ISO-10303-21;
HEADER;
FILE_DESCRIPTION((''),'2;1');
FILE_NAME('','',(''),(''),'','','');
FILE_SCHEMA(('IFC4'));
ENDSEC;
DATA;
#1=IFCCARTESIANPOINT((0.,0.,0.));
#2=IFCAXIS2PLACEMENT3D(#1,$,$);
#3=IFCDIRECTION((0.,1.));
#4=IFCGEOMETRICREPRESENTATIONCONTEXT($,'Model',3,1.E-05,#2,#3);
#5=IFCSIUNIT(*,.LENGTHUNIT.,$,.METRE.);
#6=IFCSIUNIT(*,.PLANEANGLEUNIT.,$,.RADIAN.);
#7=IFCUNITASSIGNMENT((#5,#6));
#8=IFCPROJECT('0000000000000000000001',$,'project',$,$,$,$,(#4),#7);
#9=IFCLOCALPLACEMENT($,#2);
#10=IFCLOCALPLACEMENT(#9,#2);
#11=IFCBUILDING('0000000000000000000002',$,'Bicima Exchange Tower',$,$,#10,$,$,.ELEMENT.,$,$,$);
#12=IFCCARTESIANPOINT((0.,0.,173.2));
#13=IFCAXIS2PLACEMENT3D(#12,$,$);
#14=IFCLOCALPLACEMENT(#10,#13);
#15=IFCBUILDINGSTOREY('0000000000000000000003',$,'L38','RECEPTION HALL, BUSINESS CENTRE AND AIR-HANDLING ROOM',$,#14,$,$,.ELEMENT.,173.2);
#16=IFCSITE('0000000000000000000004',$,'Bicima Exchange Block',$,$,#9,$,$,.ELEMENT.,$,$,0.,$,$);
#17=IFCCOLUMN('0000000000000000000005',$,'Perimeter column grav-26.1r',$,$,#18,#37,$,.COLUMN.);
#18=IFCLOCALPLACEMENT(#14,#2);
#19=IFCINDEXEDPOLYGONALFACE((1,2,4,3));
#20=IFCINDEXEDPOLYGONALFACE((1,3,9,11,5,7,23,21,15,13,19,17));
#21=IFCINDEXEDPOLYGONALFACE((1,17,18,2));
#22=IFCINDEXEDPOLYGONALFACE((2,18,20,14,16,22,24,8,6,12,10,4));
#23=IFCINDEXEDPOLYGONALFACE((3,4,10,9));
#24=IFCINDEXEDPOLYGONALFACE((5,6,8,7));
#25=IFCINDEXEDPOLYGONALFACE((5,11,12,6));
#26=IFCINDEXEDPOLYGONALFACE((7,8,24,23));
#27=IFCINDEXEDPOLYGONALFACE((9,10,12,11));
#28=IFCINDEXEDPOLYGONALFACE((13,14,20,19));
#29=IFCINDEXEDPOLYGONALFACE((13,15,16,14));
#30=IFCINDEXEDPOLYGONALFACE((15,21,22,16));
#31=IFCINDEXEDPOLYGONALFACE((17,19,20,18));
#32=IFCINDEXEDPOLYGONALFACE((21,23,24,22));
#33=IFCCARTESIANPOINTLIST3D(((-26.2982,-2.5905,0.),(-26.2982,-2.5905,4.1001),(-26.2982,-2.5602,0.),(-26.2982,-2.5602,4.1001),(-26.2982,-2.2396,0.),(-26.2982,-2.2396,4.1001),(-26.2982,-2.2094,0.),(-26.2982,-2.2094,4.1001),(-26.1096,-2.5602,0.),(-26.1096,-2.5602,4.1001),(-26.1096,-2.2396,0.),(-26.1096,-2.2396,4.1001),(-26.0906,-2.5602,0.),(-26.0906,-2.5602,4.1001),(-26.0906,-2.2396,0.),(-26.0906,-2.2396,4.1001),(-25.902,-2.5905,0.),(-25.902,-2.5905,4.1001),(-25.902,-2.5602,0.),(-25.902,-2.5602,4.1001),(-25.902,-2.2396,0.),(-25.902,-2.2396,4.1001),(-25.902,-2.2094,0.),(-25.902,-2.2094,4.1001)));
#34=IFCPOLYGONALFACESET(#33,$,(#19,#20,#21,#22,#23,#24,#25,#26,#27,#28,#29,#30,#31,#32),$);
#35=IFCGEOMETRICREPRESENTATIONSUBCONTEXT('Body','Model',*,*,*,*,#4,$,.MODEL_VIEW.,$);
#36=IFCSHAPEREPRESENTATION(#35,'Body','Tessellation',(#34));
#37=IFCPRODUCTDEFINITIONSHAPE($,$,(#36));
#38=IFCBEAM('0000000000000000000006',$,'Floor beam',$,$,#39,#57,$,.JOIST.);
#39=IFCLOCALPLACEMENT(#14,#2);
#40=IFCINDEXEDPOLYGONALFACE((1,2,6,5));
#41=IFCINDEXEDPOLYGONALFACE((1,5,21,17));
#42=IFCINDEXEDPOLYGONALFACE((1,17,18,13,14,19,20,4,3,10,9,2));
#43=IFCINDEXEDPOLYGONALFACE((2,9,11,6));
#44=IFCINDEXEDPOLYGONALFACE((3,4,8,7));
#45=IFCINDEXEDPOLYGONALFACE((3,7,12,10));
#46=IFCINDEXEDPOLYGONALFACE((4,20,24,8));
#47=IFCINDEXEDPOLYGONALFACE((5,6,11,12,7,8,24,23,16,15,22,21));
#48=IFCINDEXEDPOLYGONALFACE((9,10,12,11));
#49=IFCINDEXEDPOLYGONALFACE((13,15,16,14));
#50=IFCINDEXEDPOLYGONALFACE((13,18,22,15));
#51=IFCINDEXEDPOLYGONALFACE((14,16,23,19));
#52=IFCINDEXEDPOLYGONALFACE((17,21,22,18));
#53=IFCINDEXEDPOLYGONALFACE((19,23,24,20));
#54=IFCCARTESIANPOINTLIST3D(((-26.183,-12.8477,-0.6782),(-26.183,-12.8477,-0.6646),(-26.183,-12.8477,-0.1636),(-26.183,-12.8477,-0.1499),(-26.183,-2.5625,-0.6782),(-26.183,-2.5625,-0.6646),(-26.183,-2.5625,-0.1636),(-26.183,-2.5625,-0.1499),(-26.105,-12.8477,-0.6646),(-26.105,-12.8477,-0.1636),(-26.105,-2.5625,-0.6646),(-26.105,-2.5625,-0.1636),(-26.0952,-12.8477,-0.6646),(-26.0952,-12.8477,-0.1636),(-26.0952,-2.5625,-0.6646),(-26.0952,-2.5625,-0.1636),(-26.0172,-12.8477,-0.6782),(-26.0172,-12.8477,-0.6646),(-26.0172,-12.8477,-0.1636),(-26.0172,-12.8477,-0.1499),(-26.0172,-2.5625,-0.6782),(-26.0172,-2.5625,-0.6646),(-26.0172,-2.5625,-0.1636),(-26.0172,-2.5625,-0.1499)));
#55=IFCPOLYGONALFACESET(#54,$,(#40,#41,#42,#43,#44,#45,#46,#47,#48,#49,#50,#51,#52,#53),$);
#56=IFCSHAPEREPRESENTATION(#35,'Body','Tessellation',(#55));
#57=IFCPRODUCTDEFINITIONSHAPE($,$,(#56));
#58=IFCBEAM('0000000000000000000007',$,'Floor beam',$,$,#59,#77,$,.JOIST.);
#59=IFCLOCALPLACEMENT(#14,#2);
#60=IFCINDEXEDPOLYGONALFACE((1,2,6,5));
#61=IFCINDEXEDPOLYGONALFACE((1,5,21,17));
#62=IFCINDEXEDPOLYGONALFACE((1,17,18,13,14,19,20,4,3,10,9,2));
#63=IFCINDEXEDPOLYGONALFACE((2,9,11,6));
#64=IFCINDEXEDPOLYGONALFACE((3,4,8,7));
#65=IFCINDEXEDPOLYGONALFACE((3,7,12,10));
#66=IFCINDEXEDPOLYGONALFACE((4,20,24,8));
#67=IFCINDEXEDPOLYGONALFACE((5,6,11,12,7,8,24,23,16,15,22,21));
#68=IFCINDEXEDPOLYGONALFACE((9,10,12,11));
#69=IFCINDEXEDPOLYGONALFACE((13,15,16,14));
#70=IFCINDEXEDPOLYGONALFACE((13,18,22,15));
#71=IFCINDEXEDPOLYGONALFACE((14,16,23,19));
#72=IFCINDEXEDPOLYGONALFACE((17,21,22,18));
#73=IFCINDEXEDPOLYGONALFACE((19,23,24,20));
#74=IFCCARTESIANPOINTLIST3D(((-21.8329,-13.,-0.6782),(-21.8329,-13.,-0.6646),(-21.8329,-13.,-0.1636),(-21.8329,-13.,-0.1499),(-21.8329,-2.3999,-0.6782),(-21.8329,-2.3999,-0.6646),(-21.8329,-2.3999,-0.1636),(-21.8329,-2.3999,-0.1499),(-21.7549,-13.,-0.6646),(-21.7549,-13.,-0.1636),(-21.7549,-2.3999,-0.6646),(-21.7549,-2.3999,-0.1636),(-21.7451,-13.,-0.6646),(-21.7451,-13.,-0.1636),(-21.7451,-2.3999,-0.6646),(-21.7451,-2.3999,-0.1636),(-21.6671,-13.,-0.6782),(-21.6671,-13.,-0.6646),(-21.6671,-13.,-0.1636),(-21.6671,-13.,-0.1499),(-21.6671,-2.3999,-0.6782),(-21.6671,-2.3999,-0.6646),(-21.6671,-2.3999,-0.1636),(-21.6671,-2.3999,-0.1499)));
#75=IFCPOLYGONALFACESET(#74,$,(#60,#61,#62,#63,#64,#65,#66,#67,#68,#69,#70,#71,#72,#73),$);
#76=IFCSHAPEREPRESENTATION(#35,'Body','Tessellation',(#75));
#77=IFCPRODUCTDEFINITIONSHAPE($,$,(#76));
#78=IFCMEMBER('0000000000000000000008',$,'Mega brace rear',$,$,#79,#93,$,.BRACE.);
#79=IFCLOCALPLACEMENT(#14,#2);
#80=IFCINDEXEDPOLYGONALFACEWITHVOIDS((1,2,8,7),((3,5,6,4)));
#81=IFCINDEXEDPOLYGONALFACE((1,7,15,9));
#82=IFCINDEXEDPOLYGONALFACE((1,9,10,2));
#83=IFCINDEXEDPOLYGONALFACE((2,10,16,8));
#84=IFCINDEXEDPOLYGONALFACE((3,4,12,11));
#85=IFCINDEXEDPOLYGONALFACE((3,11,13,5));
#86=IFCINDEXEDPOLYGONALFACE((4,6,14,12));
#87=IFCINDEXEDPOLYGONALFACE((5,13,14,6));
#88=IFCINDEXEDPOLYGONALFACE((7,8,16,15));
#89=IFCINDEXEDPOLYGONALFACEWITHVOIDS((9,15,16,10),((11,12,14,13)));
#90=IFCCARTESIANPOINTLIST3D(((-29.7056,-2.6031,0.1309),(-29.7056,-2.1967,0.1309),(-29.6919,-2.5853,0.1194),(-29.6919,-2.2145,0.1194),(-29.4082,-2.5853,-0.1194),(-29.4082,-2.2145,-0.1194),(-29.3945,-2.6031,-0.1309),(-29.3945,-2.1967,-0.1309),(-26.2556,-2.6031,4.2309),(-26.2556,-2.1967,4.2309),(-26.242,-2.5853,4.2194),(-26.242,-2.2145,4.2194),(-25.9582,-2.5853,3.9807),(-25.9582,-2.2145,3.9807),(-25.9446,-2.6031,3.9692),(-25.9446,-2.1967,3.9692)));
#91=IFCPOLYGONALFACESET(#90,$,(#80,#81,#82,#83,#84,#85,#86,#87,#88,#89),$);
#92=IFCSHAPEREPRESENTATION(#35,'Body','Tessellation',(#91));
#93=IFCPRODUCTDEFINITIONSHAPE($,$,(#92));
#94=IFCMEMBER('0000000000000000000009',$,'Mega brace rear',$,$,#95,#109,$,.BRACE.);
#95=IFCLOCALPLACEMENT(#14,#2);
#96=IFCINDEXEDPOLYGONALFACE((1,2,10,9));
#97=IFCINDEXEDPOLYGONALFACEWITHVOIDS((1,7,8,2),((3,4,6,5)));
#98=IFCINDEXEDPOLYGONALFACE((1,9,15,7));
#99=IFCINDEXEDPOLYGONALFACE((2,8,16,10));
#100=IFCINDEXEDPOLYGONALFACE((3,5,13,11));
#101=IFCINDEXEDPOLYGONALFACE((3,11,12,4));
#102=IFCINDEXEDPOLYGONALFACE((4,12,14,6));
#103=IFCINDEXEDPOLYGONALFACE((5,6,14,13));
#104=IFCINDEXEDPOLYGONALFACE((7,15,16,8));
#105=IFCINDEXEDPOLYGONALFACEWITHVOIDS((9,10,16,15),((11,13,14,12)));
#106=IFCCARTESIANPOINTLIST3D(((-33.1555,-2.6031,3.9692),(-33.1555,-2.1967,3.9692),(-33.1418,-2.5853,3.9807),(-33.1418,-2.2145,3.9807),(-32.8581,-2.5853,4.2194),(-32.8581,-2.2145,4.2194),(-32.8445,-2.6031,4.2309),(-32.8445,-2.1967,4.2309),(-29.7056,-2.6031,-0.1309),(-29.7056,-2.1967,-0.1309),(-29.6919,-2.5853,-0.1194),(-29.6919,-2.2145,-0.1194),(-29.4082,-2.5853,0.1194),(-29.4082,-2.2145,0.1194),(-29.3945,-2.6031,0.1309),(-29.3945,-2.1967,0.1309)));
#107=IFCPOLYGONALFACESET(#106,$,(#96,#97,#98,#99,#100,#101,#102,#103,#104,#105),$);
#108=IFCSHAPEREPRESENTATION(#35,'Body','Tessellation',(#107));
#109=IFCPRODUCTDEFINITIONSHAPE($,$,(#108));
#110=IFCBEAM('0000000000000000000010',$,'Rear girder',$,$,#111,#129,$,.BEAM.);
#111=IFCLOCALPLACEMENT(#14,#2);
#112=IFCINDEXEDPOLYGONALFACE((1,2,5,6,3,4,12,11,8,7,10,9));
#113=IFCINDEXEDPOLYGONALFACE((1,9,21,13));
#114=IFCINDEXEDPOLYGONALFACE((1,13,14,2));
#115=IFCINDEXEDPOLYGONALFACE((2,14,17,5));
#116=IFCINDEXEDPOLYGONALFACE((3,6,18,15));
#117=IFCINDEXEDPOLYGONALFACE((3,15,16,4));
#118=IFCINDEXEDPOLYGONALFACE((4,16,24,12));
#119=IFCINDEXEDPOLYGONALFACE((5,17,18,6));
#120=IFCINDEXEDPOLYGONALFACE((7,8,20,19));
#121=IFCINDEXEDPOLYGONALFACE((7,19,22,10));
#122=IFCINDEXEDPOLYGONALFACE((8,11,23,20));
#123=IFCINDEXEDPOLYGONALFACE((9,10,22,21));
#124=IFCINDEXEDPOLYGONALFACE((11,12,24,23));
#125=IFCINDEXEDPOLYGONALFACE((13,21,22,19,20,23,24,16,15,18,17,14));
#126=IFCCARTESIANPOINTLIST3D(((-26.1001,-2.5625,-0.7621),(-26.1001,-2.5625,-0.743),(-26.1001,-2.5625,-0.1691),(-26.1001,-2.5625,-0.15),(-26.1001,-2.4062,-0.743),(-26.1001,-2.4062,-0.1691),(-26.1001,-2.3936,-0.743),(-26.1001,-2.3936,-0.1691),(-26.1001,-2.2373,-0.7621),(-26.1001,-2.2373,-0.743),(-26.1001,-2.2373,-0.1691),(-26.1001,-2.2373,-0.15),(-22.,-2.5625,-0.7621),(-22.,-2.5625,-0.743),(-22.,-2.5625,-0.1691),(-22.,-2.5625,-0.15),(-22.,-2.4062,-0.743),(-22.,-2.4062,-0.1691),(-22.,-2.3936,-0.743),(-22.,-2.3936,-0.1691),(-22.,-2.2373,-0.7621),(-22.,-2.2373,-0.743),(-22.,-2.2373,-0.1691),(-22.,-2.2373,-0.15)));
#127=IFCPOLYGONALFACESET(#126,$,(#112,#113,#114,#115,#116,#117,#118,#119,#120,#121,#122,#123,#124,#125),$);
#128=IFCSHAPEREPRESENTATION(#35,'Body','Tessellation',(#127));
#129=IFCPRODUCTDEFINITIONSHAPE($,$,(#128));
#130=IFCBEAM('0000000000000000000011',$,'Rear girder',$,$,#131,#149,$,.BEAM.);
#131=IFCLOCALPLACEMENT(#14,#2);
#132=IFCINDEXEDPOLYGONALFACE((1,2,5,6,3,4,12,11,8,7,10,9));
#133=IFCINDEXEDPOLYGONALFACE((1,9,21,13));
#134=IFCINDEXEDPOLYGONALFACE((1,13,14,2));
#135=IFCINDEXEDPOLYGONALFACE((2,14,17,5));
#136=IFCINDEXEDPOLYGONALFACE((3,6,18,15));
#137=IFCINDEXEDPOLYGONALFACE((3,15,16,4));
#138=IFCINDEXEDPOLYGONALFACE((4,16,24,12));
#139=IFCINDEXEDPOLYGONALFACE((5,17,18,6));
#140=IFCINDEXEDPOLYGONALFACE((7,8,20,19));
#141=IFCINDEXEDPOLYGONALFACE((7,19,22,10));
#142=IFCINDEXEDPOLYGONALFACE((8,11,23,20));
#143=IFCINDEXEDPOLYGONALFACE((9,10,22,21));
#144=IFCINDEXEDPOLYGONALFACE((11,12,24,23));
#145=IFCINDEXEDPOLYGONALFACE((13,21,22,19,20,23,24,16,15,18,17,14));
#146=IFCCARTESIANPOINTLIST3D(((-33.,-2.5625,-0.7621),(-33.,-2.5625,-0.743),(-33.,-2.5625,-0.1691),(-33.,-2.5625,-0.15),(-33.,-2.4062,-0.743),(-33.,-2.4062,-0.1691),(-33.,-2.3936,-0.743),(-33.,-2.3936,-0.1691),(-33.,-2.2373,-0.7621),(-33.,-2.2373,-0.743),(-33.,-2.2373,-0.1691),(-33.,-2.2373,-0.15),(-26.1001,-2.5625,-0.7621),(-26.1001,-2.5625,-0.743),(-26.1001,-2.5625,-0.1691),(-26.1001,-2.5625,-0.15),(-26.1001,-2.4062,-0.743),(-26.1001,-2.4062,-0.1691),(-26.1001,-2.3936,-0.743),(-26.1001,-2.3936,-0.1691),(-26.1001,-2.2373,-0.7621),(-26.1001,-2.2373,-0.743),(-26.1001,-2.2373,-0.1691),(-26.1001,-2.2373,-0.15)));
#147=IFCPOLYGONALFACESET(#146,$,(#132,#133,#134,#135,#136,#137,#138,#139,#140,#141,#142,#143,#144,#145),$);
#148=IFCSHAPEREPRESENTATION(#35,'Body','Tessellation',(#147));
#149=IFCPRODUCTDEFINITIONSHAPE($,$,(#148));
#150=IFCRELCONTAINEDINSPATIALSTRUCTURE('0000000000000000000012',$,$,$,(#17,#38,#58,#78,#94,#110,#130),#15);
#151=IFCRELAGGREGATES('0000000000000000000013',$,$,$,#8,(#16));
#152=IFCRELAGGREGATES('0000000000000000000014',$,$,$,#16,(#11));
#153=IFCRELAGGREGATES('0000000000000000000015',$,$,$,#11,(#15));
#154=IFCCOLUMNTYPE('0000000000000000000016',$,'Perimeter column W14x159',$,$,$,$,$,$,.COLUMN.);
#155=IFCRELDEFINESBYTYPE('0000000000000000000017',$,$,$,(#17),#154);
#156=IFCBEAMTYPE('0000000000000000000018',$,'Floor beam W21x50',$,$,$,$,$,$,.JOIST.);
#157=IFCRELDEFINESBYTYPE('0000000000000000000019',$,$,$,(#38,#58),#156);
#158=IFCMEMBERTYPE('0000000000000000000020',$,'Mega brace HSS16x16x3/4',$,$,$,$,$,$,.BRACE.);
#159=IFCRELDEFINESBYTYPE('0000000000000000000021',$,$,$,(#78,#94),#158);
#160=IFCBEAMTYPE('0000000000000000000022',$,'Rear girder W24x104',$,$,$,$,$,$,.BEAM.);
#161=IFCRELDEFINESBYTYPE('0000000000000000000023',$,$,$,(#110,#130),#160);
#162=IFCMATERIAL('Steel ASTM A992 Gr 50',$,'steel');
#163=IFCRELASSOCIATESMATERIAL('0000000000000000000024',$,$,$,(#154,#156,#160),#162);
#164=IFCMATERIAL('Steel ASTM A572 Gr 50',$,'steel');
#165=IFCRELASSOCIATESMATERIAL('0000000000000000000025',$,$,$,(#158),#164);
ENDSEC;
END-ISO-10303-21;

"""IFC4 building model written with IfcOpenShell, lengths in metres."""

from ifc_helpers import new_model, si_unit, direction, frame, origin, origin_2d, place, context, subcontext, project, spatial, hollow_rectangle, i_section, extrude, material, material_profile, profile_set, type_object, element, save


model = new_model("IFC4")

# Units and contexts
model_context = context("Model", 3, precision=1e-05, world=origin(), true_north=direction((0.0, 1.0)))
body_context = subcontext(model_context, "Body", "Model", "MODEL_VIEW")
ifc_project = project(units=[si_unit("LENGTHUNIT", "METRE"), si_unit("PLANEANGLEUNIT", "RADIAN")], contexts=[model_context])

# Site, building, storey
site_placement = place(None, origin())
site = spatial("IfcSite", under=ifc_project, at=site_placement, Name="Bicima Exchange Block", CompositionType="ELEMENT", RefElevation=0.0)
building_placement = place(site_placement, origin())
building = spatial("IfcBuilding", under=site, at=building_placement, Name="Bicima Exchange Tower", CompositionType="ELEMENT")
storey_placement = place(building_placement, frame((0.0, 0.0, 173.2)))
storey = spatial("IfcBuildingStorey", under=building, at=storey_placement, Name="L38", Description="RECEPTION HALL, BUSINESS CENTRE AND AIR-HANDLING ROOM", CompositionType="ELEMENT", Elevation=173.2)

# Column
ifc_material_1 = material(Name="Steel ASTM A992 Gr 50", Category="steel")
ifc_material_profile_1 = material_profile(ifc_material_1, i_section(OverallWidth=0.3962, OverallDepth=0.3811, WebThickness=0.019, FlangeThickness=0.0303, at=origin_2d()))
ifc_profile_set_1 = profile_set([ifc_material_profile_1], Name="Steel ASTM A992 Gr 50")
column_type = type_object("IfcColumnType", Name="Perimeter column W14x159", PredefinedType="COLUMN", material=ifc_profile_set_1)
column_placement = place(storey_placement, frame((-26.1001, -2.3999, 0.0), z_axis=(0.0, 0.0, 1.0), x_axis=(1.0, 0.0, 0.0)))
element("IfcColumn", 1, at=column_placement, inside=storey, type_object=column_type, Name="Perimeter column grav-26.1r", PredefinedType="COLUMN", context=body_context, shape_type="SweptSolid", body=[
    extrude(i_section(OverallWidth=0.3962, OverallDepth=0.3811, WebThickness=0.019, FlangeThickness=0.0303, at=origin_2d()), origin(), (0.0, 0.0, 1.0), 4.1001),
])

# Beams
ifc_material_profile_2 = material_profile(ifc_material_1, i_section(OverallWidth=0.1658, OverallDepth=0.5283, WebThickness=0.0098, FlangeThickness=0.0137, at=origin_2d()))
ifc_profile_set_2 = profile_set([ifc_material_profile_2], Name="Steel ASTM A992 Gr 50")
beam_type_1 = type_object("IfcBeamType", Name="Floor beam W21x50", PredefinedType="JOIST", material=ifc_profile_set_2)
beam_1_placement = place(storey_placement, frame((-26.1001, -2.5625, -0.4141), z_axis=(0.0, -1.0, 0.0), x_axis=(1.0, 0.0, 0.0)))
element("IfcBeam", 2, at=beam_1_placement, inside=storey, type_object=beam_type_1, Name="Floor beam", PredefinedType="JOIST", context=body_context, shape_type="SweptSolid", body=[
    extrude(i_section(OverallWidth=0.1658, OverallDepth=0.5283, WebThickness=0.0098, FlangeThickness=0.0137, at=origin_2d()), origin(), (0.0, 0.0, 1.0), 10.2852),
])
beam_2_placement = place(storey_placement, frame((-21.75, -2.3999, -0.4141), z_axis=(0.0, -1.0, 0.0), x_axis=(1.0, 0.0, 0.0)))
element("IfcBeam", 3, at=beam_2_placement, inside=storey, type_object=beam_type_1, Name="Floor beam", PredefinedType="JOIST", context=body_context, shape_type="SweptSolid", body=[
    extrude(i_section(OverallWidth=0.1658, OverallDepth=0.5283, WebThickness=0.0098, FlangeThickness=0.0137, at=origin_2d()), origin(), (0.0, 0.0, 1.0), 10.6001),
])

# Members
ifc_material_2 = material(Name="Steel ASTM A572 Gr 50", Category="steel")
ifc_material_profile_3 = material_profile(ifc_material_2, hollow_rectangle(XDim=0.4065, YDim=0.4065, WallThickness=0.0178, at=origin_2d()))
ifc_profile_set_3 = profile_set([ifc_material_profile_3], Name="Steel ASTM A572 Gr 50")
member_type = type_object("IfcMemberType", Name="Mega brace HSS16x16x3/4", PredefinedType="BRACE", material=ifc_profile_set_3)
for number, where, z_axis, x_axis, name in (
    (4, (-29.55, -2.3999, 0.0), (0.643834, 0.0, 0.765165), (0.0, 1.0, 0.0), "Mega brace rear"),
    (5, (-29.55, -2.3999, 0.0), (-0.643834, 0.0, 0.765165), (0.0, -1.0, 0.0), "Mega brace rear"),
):
    element("IfcMember", number, at=place(storey_placement, frame(where, z_axis=z_axis, x_axis=x_axis)), inside=storey, type_object=member_type, Name=name, PredefinedType="BRACE", context=body_context, shape_type="SweptSolid", body=[
        extrude(hollow_rectangle(XDim=0.4065, YDim=0.4065, WallThickness=0.0178, at=origin_2d()), origin(), (0.0, 0.0, 1.0), 5.3584),
    ])

# Beams
ifc_material_profile_4 = material_profile(ifc_material_1, i_section(OverallWidth=0.3252, OverallDepth=0.6121, WebThickness=0.0127, FlangeThickness=0.019, at=origin_2d()))
ifc_profile_set_4 = profile_set([ifc_material_profile_4], Name="Steel ASTM A992 Gr 50")
beam_type_2 = type_object("IfcBeamType", Name="Rear girder W24x104", PredefinedType="BEAM", material=ifc_profile_set_4)
beam_3_placement = place(storey_placement, frame((-22.0, -2.3999, -0.4561), z_axis=(-1.0, 0.0, 0.0), x_axis=(0.0, -1.0, 0.0)))
element("IfcBeam", 6, at=beam_3_placement, inside=storey, type_object=beam_type_2, Name="Rear girder", PredefinedType="BEAM", context=body_context, shape_type="SweptSolid", body=[
    extrude(i_section(OverallWidth=0.3252, OverallDepth=0.6121, WebThickness=0.0127, FlangeThickness=0.019, at=origin_2d()), origin(), (0.0, 0.0, 1.0), 4.1001),
])
beam_4_placement = place(storey_placement, frame((-26.1001, -2.3999, -0.4561), z_axis=(-1.0, 0.0, 0.0), x_axis=(0.0, -1.0, 0.0)))
element("IfcBeam", 7, at=beam_4_placement, inside=storey, type_object=beam_type_2, Name="Rear girder", PredefinedType="BEAM", context=body_context, shape_type="SweptSolid", body=[
    extrude(i_section(OverallWidth=0.3252, OverallDepth=0.6121, WebThickness=0.0127, FlangeThickness=0.019, at=origin_2d()), origin(), (0.0, 0.0, 1.0), 6.8999),
])

save(model, "model.ifc")
